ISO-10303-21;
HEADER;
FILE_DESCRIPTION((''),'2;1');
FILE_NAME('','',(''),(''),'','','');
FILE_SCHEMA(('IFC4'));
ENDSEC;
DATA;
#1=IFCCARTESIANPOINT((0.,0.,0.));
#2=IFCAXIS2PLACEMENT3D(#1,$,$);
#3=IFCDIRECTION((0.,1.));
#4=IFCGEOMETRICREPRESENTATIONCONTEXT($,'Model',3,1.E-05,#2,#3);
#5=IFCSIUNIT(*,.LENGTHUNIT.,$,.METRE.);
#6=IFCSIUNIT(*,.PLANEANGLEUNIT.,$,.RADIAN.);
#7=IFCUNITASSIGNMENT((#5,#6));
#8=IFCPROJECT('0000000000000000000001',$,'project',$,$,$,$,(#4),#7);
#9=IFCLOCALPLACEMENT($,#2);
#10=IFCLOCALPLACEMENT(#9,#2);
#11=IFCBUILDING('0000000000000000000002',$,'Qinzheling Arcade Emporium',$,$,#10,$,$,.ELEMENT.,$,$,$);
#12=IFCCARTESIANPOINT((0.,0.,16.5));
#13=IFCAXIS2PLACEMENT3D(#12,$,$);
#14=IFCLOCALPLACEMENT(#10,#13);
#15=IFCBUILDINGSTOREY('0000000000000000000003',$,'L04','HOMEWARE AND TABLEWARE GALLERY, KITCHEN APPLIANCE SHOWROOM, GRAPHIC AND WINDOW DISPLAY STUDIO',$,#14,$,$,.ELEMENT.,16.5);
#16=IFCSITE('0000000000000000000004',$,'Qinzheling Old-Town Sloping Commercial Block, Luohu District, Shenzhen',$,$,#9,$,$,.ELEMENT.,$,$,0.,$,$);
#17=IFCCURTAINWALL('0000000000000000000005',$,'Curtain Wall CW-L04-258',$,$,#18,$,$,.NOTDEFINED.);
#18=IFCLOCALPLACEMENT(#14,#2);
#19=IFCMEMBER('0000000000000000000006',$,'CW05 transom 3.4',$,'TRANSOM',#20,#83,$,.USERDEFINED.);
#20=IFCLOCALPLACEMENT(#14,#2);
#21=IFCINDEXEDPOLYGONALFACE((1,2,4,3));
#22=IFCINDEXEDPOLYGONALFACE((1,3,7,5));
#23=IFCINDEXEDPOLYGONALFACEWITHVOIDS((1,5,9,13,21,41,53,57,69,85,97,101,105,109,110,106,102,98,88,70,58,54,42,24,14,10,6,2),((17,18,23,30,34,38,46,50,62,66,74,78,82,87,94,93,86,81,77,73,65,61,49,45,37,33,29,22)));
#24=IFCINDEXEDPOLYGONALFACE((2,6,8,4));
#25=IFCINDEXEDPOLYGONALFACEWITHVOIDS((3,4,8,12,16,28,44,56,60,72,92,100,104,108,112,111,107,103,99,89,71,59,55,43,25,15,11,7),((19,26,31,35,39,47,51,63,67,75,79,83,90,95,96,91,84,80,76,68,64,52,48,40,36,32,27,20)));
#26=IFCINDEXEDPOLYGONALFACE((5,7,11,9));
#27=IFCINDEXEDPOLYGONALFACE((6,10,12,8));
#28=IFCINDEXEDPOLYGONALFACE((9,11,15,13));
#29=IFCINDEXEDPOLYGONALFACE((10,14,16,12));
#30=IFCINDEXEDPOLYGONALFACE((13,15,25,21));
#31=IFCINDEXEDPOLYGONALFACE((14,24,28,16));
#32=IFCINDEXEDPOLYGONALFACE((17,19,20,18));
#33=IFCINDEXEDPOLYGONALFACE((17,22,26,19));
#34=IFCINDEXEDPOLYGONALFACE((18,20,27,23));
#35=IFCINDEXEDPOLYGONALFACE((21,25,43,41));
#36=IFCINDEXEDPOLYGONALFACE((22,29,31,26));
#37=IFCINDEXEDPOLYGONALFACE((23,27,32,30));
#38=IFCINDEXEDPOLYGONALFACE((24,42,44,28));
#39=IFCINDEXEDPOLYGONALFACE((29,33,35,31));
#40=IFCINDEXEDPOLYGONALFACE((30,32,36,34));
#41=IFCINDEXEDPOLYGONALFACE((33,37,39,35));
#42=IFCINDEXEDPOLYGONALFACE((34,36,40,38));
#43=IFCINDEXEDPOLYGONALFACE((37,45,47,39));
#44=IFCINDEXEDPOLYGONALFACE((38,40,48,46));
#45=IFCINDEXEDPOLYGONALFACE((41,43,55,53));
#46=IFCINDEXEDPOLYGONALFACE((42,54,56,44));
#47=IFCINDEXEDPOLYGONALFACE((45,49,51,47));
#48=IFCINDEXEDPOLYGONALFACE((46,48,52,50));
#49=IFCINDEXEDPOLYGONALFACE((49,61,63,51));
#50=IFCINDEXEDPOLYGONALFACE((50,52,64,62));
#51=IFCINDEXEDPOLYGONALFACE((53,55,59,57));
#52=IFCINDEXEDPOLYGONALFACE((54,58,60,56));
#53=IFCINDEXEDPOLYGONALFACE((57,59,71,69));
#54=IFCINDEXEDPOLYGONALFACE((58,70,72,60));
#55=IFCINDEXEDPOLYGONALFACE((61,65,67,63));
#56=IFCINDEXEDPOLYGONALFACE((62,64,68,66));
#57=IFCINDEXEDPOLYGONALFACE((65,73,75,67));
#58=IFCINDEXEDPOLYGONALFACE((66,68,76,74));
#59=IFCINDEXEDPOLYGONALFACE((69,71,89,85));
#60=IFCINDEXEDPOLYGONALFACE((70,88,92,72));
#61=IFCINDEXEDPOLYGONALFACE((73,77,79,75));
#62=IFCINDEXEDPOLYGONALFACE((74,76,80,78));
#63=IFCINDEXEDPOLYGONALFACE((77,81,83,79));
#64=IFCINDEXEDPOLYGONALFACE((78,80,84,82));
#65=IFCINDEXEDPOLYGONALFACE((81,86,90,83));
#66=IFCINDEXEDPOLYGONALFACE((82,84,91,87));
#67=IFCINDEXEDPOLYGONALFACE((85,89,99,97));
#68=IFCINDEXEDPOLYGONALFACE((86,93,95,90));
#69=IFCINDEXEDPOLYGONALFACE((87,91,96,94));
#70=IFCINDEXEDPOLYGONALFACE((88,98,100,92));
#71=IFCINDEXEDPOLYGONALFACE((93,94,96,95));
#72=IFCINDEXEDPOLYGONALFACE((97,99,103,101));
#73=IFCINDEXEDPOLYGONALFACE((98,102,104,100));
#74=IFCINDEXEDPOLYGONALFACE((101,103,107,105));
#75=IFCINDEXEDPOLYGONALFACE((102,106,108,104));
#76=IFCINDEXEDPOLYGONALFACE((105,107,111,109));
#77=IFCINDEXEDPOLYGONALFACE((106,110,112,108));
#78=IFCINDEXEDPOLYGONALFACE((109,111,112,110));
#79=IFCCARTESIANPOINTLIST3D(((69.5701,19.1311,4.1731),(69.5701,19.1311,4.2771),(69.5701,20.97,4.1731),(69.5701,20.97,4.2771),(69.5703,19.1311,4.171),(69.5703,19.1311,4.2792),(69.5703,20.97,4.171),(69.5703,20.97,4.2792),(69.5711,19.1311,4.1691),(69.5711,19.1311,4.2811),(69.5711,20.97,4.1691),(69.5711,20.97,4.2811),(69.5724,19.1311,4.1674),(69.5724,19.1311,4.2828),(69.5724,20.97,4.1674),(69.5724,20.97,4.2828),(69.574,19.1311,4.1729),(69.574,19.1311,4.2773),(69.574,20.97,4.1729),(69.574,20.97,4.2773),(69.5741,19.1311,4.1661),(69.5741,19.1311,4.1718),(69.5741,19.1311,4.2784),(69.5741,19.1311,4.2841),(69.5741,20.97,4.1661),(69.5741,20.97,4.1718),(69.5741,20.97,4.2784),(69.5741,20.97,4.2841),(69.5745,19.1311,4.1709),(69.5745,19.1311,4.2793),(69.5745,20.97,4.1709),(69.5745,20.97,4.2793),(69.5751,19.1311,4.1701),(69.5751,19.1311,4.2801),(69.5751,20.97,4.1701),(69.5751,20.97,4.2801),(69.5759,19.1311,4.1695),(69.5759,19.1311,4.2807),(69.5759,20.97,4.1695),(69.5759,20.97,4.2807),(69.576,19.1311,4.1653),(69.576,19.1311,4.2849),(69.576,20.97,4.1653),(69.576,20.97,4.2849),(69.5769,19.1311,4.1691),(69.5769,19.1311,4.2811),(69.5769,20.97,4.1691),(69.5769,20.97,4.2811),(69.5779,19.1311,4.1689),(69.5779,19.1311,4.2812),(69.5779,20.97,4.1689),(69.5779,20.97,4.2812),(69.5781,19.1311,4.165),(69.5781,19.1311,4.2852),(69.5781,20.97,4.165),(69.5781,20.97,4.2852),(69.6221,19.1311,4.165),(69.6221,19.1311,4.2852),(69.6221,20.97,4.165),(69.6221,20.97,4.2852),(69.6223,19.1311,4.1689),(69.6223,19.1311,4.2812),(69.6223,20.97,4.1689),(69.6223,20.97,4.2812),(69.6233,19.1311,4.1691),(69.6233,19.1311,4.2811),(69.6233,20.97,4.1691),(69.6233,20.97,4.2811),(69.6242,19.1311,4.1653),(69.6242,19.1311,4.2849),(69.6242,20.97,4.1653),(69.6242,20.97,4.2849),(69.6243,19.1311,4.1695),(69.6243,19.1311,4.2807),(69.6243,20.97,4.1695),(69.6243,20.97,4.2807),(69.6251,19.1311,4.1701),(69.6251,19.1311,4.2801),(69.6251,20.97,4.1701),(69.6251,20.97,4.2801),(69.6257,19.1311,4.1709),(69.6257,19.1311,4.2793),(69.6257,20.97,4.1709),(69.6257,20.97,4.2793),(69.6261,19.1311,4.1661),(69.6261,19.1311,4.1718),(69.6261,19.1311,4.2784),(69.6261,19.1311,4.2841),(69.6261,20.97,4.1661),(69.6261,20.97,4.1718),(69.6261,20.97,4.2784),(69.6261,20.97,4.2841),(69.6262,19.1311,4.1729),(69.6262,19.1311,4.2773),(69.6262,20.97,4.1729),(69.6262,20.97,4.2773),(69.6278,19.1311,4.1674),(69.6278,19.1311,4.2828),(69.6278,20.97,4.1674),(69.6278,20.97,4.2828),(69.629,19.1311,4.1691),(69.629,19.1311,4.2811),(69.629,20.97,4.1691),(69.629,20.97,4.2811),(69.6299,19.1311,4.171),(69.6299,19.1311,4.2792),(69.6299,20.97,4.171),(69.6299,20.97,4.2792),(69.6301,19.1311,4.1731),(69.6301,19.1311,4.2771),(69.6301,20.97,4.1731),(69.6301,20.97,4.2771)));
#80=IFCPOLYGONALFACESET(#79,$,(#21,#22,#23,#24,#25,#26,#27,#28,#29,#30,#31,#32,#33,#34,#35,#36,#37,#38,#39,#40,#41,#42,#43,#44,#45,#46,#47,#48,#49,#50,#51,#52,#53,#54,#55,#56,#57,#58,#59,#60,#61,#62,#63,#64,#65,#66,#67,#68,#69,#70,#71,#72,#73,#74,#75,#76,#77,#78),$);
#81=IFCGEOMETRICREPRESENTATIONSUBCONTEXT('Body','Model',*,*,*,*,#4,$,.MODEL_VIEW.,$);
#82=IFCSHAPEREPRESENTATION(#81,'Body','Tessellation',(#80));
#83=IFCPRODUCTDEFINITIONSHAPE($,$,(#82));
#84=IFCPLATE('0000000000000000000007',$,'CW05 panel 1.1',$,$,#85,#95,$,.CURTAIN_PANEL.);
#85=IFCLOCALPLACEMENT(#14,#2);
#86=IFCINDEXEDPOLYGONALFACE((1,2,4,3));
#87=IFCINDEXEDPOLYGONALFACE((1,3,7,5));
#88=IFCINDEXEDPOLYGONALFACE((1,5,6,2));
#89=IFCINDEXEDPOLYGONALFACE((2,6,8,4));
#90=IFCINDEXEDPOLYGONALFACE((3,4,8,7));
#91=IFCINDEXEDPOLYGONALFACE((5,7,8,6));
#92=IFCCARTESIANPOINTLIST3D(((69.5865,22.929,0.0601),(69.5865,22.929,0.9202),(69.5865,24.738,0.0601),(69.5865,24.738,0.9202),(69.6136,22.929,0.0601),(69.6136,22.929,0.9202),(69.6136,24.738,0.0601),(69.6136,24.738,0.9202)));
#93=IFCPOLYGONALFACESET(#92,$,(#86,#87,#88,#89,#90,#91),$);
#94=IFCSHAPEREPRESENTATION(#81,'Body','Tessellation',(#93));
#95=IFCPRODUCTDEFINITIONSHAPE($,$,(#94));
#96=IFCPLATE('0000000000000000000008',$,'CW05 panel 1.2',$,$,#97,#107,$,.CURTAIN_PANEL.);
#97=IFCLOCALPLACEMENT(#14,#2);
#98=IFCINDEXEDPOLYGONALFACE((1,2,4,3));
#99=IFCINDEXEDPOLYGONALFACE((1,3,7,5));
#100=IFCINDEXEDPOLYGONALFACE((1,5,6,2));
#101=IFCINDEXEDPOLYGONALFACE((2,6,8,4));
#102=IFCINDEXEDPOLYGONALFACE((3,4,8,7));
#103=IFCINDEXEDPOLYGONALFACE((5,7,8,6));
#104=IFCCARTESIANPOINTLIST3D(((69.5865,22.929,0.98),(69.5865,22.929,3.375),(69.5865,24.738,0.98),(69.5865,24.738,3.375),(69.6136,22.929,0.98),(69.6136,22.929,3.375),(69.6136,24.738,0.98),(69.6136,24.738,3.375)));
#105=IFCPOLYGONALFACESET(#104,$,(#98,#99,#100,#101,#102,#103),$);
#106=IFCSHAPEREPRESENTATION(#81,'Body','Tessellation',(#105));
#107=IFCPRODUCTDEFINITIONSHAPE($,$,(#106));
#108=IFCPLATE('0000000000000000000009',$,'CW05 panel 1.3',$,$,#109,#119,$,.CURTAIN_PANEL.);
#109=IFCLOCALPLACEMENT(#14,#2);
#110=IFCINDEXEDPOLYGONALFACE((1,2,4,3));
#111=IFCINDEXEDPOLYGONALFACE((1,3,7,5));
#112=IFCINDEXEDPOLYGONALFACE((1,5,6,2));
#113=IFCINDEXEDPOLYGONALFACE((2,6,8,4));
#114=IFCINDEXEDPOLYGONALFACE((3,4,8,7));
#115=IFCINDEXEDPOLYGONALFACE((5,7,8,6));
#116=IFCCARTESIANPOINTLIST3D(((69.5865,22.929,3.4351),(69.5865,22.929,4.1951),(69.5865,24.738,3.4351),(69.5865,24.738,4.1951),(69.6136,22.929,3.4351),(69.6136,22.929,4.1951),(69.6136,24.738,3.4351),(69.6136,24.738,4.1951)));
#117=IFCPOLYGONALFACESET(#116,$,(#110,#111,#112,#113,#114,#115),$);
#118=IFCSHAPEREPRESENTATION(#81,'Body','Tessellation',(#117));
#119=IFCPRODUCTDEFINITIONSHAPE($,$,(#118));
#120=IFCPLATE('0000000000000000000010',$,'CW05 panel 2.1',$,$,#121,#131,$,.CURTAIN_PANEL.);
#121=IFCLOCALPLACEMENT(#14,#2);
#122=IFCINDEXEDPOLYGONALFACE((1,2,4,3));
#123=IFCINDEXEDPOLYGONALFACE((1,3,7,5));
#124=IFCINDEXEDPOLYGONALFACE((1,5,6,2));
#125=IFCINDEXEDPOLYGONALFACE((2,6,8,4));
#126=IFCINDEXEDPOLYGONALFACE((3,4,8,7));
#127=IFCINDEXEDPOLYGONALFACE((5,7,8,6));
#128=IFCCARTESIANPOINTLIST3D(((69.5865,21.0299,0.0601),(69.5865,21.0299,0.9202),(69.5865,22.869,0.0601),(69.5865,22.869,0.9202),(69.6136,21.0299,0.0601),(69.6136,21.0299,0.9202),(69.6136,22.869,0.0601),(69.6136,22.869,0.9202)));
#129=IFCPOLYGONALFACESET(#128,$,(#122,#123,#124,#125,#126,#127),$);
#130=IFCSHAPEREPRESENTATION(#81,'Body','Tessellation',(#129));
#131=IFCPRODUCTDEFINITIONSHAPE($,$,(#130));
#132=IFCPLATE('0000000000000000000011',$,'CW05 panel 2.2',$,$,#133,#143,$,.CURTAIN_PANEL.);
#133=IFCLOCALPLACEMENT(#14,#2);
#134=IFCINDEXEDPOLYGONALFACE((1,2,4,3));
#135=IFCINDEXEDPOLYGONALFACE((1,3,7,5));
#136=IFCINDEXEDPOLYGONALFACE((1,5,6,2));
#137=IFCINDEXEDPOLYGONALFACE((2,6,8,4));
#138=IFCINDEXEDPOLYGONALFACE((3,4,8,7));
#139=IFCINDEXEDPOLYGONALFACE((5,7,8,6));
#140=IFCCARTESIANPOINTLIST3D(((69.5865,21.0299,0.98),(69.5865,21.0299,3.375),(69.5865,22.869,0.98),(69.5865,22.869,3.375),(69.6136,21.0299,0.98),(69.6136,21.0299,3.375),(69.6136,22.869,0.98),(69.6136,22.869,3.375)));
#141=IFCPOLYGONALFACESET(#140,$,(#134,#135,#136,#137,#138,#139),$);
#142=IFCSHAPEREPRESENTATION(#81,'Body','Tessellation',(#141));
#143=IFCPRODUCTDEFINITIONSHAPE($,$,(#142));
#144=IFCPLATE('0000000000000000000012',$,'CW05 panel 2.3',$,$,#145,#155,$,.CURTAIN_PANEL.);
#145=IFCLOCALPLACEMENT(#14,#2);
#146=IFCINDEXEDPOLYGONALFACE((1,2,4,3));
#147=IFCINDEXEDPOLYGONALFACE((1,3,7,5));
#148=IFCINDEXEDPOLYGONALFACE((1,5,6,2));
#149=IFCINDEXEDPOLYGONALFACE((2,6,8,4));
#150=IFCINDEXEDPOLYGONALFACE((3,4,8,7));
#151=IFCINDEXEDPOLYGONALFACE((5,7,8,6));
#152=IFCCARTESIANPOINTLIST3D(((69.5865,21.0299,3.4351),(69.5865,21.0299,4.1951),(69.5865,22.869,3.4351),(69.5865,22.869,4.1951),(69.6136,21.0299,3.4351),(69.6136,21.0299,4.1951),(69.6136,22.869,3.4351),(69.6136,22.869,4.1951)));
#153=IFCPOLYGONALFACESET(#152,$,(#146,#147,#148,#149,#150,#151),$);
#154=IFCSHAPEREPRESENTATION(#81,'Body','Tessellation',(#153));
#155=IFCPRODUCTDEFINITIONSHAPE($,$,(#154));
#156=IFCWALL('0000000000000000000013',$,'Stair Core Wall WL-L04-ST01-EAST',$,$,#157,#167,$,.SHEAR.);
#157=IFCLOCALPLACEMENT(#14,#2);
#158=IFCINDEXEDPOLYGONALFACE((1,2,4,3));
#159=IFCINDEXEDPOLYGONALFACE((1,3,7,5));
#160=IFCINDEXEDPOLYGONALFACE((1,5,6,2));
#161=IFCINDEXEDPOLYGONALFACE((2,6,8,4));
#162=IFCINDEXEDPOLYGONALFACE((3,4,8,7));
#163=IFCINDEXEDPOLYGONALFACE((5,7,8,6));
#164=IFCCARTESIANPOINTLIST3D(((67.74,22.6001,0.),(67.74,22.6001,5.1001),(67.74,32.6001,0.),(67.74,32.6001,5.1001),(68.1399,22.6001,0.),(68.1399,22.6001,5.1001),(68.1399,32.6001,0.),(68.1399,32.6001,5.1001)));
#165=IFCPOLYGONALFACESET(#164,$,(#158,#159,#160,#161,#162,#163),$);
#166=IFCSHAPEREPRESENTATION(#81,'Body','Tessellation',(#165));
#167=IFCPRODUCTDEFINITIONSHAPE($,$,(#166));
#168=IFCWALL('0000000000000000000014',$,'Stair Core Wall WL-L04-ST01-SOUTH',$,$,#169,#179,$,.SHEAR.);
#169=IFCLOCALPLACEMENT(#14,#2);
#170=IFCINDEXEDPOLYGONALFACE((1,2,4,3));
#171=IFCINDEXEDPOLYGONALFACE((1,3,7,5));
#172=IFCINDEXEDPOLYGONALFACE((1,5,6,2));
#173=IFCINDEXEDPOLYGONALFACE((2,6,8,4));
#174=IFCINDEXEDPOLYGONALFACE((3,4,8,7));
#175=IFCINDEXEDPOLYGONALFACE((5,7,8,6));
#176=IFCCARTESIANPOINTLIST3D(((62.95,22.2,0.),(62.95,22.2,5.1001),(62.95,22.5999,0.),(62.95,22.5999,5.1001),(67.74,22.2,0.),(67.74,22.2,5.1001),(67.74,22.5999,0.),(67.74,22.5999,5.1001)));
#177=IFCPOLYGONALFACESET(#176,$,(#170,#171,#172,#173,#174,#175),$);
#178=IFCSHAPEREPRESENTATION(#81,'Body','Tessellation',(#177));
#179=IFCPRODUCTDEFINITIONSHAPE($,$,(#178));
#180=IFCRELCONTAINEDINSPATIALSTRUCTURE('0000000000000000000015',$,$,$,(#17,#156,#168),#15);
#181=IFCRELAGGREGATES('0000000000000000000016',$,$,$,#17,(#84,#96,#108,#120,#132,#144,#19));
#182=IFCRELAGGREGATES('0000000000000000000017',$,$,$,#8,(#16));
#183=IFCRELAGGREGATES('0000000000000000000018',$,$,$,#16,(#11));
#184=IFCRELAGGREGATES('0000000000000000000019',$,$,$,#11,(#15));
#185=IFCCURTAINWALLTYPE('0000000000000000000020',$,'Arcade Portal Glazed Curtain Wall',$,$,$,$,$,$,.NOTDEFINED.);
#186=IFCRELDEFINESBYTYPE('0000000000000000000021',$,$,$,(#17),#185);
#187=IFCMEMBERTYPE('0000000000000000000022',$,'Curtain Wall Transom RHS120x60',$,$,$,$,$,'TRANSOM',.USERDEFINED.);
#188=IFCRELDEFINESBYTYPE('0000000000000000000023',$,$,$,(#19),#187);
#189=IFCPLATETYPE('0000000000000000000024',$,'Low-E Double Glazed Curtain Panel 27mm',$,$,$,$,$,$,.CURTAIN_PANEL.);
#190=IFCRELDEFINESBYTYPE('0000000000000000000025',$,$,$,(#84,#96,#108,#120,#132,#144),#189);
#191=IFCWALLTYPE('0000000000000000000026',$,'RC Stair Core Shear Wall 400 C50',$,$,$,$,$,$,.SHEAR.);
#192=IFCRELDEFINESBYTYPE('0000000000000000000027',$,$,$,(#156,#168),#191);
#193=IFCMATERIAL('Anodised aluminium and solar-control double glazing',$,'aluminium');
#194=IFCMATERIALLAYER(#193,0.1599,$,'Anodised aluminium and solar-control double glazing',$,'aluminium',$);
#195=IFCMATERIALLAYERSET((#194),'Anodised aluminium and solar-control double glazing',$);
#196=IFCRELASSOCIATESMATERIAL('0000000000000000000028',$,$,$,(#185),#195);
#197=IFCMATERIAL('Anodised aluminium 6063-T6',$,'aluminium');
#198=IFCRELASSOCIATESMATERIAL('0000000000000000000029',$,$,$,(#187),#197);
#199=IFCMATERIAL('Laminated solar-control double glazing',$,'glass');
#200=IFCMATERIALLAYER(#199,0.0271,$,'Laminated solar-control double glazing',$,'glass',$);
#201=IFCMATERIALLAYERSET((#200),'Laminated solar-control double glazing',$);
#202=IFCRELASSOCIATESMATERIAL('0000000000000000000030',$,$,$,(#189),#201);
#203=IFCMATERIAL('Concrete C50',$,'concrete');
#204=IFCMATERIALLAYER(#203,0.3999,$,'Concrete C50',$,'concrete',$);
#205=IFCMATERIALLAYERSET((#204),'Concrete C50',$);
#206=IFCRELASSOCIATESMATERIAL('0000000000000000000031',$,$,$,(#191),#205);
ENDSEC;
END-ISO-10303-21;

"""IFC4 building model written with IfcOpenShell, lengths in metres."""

from ifc_helpers import new_model, si_unit, direction, frame, frame_2d, origin, origin_2d, place, context, subcontext, project, spatial, rectangle, hollow_rectangle, extrude, material, layer, layer_set, material_profile, profile_set, type_object, element, aggregate, save


model = new_model("IFC4")

# Units and contexts
model_context = context("Model", 3, precision=1e-05, world=origin(), true_north=direction((0.0, 1.0)))
body_context = subcontext(model_context, "Body", "Model", "MODEL_VIEW")
ifc_project = project(units=[si_unit("LENGTHUNIT", "METRE"), si_unit("PLANEANGLEUNIT", "RADIAN")], contexts=[model_context])

# Site, building, storey
site_placement = place(None, origin())
site = spatial("IfcSite", under=ifc_project, at=site_placement, Name="Qinzheling Old-Town Sloping Commercial Block, Luohu District, Shenzhen", CompositionType="ELEMENT", RefElevation=0.0)
building_placement = place(site_placement, origin())
building = spatial("IfcBuilding", under=site, at=building_placement, Name="Qinzheling Arcade Emporium", CompositionType="ELEMENT")
storey_placement = place(building_placement, frame((0.0, 0.0, 16.5)))
storey = spatial("IfcBuildingStorey", under=building, at=storey_placement, Name="L04", Description="HOMEWARE AND TABLEWARE GALLERY, KITCHEN APPLIANCE SHOWROOM, GRAPHIC AND WINDOW DISPLAY STUDIO", CompositionType="ELEMENT", Elevation=16.5)

# Curtain wall, member, plates
ifc_material_1 = material(Name="Anodised aluminium and solar-control double glazing", Category="aluminium")
ifc_layer_1 = layer(ifc_material_1, 0.1599, Name="Anodised aluminium and solar-control double glazing", Category="aluminium")
ifc_layer_set_1 = layer_set([ifc_layer_1], Name="Anodised aluminium and solar-control double glazing")
curtain_wall_type = type_object("IfcCurtainWallType", Name="Arcade Portal Glazed Curtain Wall", PredefinedType="NOTDEFINED", material=ifc_layer_set_1)
curtain_wall_placement = place(storey_placement, origin())
curtain_wall = element("IfcCurtainWall", 1, at=curtain_wall_placement, inside=storey, type_object=curtain_wall_type, Name="Curtain Wall CW-L04-258", PredefinedType="NOTDEFINED")
ifc_material_2 = material(Name="Anodised aluminium 6063-T6", Category="aluminium")
ifc_material_profile_1 = material_profile(ifc_material_2, hollow_rectangle(XDim=0.0601, YDim=0.1201, WallThickness=0.0039, InnerFilletRadius=0.0039, OuterFilletRadius=0.0081, at=origin_2d()), Name="RHS 120x60x4", Category="aluminium")
ifc_profile_set_1 = profile_set([ifc_material_profile_1], Name="Anodised aluminium 6063-T6")
member_type_1 = type_object("IfcMemberType", Name="Curtain Wall Transom RHS120x60", ElementType="TRANSOM", PredefinedType="USERDEFINED", material=ifc_profile_set_1)
member_1_placement = place(storey_placement, frame((69.6001, 20.97, 4.2251), z_axis=(0.0, -1.0, 0.0), x_axis=(1.0, 0.0, 0.0)))
member_1 = element("IfcMember", 2, at=member_1_placement, type_object=member_type_1, Name="CW05 transom 3.4", ObjectType="TRANSOM", PredefinedType="USERDEFINED", context=body_context, shape_type="SweptSolid", body=[
    extrude(hollow_rectangle(XDim=0.0601, YDim=0.1201, WallThickness=0.0039, InnerFilletRadius=0.0039, OuterFilletRadius=0.0081, at=origin_2d()), origin(), (0.0, 0.0, 1.0), 1.8389),
])
ifc_material_3 = material(Name="Laminated solar-control double glazing", Category="glass")
ifc_layer_2 = layer(ifc_material_3, 0.0271, Name="Laminated solar-control double glazing", Category="glass")
ifc_layer_set_2 = layer_set([ifc_layer_2], Name="Laminated solar-control double glazing")
plate_type = type_object("IfcPlateType", Name="Low-E Double Glazed Curtain Panel 27mm", PredefinedType="CURTAIN_PANEL", material=ifc_layer_set_2)
plate_1_placement = place(storey_placement, frame((69.6001, 23.8335, 0.0601), z_axis=(0.0, 0.0, 1.0), x_axis=(0.0, -1.0, 0.0)))
plate_1 = element("IfcPlate", 3, at=plate_1_placement, type_object=plate_type, Name="CW05 panel 1.1", PredefinedType="CURTAIN_PANEL", context=body_context, shape_type="SweptSolid", body=[
    extrude(rectangle(XDim=1.8091, YDim=0.0271, at=origin_2d()), origin(), (0.0, 0.0, 1.0), 0.8601),
])
plate_2_placement = place(storey_placement, frame((69.6001, 23.8335, 0.98), z_axis=(0.0, 0.0, 1.0), x_axis=(0.0, -1.0, 0.0)))
plate_2 = element("IfcPlate", 4, at=plate_2_placement, type_object=plate_type, Name="CW05 panel 1.2", PredefinedType="CURTAIN_PANEL", context=body_context, shape_type="SweptSolid", body=[
    extrude(rectangle(XDim=1.8091, YDim=0.0271, at=origin_2d()), origin(), (0.0, 0.0, 1.0), 2.395),
])
plate_3_placement = place(storey_placement, frame((69.6001, 23.8335, 3.4351), z_axis=(0.0, 0.0, 1.0), x_axis=(0.0, -1.0, 0.0)))
plate_3 = element("IfcPlate", 5, at=plate_3_placement, type_object=plate_type, Name="CW05 panel 1.3", PredefinedType="CURTAIN_PANEL", context=body_context, shape_type="SweptSolid", body=[
    extrude(rectangle(XDim=1.8091, YDim=0.0271, at=origin_2d()), origin(), (0.0, 0.0, 1.0), 0.76),
])
plate_4_placement = place(storey_placement, frame((69.6001, 21.9495, 0.0601), z_axis=(0.0, 0.0, 1.0), x_axis=(0.0, -1.0, 0.0)))
plate_4 = element("IfcPlate", 6, at=plate_4_placement, type_object=plate_type, Name="CW05 panel 2.1", PredefinedType="CURTAIN_PANEL", context=body_context, shape_type="SweptSolid", body=[
    extrude(rectangle(XDim=1.8391, YDim=0.0271, at=origin_2d()), origin(), (0.0, 0.0, 1.0), 0.8601),
])
plate_5_placement = place(storey_placement, frame((69.6001, 21.9495, 0.98), z_axis=(0.0, 0.0, 1.0), x_axis=(0.0, -1.0, 0.0)))
plate_5 = element("IfcPlate", 7, at=plate_5_placement, type_object=plate_type, Name="CW05 panel 2.2", PredefinedType="CURTAIN_PANEL", context=body_context, shape_type="SweptSolid", body=[
    extrude(rectangle(XDim=1.8391, YDim=0.0271, at=origin_2d()), origin(), (0.0, 0.0, 1.0), 2.395),
])
plate_6_placement = place(storey_placement, frame((69.6001, 21.9495, 3.4351), z_axis=(0.0, 0.0, 1.0), x_axis=(0.0, -1.0, 0.0)))
plate_6 = element("IfcPlate", 8, at=plate_6_placement, type_object=plate_type, Name="CW05 panel 2.3", PredefinedType="CURTAIN_PANEL", context=body_context, shape_type="SweptSolid", body=[
    extrude(rectangle(XDim=1.8391, YDim=0.0271, at=origin_2d()), origin(), (0.0, 0.0, 1.0), 0.76),
])
aggregate(curtain_wall, [plate_1, plate_2, plate_3, plate_4, plate_5, plate_6, member_1])

# Walls
ifc_material_4 = material(Name="Concrete C50", Category="concrete")
ifc_layer_3 = layer(ifc_material_4, 0.3999, Name="Concrete C50", Category="concrete")
ifc_layer_set_3 = layer_set([ifc_layer_3], Name="Concrete C50")
wall_type = type_object("IfcWallType", Name="RC Stair Core Shear Wall 400 C50", PredefinedType="SHEAR", material=ifc_layer_set_3)
wall_1_placement = place(storey_placement, frame((67.9399, 32.6001, 0.0), z_axis=(0.0, 0.0, 1.0), x_axis=(0.0, -1.0, 0.0)))
element("IfcWall", 9, at=wall_1_placement, inside=storey, type_object=wall_type, Name="Stair Core Wall WL-L04-ST01-EAST", PredefinedType="SHEAR", context=body_context, shape_type="SweptSolid", body=[
    extrude(rectangle(XDim=10.0, YDim=0.3999, at=frame_2d((5.0, 0.0))), origin(), (0.0, 0.0, 1.0), 5.1001),
])
wall_2_placement = place(storey_placement, frame((67.74, 22.3999, 0.0), z_axis=(0.0, 0.0, 1.0), x_axis=(-1.0, 0.0, 0.0)))
element("IfcWall", 10, at=wall_2_placement, inside=storey, type_object=wall_type, Name="Stair Core Wall WL-L04-ST01-SOUTH", PredefinedType="SHEAR", context=body_context, shape_type="SweptSolid", body=[
    extrude(rectangle(XDim=4.79, YDim=0.3999, at=frame_2d((2.395, 0.0))), origin(), (0.0, 0.0, 1.0), 5.1001),
])

save(model, "model.ifc")
